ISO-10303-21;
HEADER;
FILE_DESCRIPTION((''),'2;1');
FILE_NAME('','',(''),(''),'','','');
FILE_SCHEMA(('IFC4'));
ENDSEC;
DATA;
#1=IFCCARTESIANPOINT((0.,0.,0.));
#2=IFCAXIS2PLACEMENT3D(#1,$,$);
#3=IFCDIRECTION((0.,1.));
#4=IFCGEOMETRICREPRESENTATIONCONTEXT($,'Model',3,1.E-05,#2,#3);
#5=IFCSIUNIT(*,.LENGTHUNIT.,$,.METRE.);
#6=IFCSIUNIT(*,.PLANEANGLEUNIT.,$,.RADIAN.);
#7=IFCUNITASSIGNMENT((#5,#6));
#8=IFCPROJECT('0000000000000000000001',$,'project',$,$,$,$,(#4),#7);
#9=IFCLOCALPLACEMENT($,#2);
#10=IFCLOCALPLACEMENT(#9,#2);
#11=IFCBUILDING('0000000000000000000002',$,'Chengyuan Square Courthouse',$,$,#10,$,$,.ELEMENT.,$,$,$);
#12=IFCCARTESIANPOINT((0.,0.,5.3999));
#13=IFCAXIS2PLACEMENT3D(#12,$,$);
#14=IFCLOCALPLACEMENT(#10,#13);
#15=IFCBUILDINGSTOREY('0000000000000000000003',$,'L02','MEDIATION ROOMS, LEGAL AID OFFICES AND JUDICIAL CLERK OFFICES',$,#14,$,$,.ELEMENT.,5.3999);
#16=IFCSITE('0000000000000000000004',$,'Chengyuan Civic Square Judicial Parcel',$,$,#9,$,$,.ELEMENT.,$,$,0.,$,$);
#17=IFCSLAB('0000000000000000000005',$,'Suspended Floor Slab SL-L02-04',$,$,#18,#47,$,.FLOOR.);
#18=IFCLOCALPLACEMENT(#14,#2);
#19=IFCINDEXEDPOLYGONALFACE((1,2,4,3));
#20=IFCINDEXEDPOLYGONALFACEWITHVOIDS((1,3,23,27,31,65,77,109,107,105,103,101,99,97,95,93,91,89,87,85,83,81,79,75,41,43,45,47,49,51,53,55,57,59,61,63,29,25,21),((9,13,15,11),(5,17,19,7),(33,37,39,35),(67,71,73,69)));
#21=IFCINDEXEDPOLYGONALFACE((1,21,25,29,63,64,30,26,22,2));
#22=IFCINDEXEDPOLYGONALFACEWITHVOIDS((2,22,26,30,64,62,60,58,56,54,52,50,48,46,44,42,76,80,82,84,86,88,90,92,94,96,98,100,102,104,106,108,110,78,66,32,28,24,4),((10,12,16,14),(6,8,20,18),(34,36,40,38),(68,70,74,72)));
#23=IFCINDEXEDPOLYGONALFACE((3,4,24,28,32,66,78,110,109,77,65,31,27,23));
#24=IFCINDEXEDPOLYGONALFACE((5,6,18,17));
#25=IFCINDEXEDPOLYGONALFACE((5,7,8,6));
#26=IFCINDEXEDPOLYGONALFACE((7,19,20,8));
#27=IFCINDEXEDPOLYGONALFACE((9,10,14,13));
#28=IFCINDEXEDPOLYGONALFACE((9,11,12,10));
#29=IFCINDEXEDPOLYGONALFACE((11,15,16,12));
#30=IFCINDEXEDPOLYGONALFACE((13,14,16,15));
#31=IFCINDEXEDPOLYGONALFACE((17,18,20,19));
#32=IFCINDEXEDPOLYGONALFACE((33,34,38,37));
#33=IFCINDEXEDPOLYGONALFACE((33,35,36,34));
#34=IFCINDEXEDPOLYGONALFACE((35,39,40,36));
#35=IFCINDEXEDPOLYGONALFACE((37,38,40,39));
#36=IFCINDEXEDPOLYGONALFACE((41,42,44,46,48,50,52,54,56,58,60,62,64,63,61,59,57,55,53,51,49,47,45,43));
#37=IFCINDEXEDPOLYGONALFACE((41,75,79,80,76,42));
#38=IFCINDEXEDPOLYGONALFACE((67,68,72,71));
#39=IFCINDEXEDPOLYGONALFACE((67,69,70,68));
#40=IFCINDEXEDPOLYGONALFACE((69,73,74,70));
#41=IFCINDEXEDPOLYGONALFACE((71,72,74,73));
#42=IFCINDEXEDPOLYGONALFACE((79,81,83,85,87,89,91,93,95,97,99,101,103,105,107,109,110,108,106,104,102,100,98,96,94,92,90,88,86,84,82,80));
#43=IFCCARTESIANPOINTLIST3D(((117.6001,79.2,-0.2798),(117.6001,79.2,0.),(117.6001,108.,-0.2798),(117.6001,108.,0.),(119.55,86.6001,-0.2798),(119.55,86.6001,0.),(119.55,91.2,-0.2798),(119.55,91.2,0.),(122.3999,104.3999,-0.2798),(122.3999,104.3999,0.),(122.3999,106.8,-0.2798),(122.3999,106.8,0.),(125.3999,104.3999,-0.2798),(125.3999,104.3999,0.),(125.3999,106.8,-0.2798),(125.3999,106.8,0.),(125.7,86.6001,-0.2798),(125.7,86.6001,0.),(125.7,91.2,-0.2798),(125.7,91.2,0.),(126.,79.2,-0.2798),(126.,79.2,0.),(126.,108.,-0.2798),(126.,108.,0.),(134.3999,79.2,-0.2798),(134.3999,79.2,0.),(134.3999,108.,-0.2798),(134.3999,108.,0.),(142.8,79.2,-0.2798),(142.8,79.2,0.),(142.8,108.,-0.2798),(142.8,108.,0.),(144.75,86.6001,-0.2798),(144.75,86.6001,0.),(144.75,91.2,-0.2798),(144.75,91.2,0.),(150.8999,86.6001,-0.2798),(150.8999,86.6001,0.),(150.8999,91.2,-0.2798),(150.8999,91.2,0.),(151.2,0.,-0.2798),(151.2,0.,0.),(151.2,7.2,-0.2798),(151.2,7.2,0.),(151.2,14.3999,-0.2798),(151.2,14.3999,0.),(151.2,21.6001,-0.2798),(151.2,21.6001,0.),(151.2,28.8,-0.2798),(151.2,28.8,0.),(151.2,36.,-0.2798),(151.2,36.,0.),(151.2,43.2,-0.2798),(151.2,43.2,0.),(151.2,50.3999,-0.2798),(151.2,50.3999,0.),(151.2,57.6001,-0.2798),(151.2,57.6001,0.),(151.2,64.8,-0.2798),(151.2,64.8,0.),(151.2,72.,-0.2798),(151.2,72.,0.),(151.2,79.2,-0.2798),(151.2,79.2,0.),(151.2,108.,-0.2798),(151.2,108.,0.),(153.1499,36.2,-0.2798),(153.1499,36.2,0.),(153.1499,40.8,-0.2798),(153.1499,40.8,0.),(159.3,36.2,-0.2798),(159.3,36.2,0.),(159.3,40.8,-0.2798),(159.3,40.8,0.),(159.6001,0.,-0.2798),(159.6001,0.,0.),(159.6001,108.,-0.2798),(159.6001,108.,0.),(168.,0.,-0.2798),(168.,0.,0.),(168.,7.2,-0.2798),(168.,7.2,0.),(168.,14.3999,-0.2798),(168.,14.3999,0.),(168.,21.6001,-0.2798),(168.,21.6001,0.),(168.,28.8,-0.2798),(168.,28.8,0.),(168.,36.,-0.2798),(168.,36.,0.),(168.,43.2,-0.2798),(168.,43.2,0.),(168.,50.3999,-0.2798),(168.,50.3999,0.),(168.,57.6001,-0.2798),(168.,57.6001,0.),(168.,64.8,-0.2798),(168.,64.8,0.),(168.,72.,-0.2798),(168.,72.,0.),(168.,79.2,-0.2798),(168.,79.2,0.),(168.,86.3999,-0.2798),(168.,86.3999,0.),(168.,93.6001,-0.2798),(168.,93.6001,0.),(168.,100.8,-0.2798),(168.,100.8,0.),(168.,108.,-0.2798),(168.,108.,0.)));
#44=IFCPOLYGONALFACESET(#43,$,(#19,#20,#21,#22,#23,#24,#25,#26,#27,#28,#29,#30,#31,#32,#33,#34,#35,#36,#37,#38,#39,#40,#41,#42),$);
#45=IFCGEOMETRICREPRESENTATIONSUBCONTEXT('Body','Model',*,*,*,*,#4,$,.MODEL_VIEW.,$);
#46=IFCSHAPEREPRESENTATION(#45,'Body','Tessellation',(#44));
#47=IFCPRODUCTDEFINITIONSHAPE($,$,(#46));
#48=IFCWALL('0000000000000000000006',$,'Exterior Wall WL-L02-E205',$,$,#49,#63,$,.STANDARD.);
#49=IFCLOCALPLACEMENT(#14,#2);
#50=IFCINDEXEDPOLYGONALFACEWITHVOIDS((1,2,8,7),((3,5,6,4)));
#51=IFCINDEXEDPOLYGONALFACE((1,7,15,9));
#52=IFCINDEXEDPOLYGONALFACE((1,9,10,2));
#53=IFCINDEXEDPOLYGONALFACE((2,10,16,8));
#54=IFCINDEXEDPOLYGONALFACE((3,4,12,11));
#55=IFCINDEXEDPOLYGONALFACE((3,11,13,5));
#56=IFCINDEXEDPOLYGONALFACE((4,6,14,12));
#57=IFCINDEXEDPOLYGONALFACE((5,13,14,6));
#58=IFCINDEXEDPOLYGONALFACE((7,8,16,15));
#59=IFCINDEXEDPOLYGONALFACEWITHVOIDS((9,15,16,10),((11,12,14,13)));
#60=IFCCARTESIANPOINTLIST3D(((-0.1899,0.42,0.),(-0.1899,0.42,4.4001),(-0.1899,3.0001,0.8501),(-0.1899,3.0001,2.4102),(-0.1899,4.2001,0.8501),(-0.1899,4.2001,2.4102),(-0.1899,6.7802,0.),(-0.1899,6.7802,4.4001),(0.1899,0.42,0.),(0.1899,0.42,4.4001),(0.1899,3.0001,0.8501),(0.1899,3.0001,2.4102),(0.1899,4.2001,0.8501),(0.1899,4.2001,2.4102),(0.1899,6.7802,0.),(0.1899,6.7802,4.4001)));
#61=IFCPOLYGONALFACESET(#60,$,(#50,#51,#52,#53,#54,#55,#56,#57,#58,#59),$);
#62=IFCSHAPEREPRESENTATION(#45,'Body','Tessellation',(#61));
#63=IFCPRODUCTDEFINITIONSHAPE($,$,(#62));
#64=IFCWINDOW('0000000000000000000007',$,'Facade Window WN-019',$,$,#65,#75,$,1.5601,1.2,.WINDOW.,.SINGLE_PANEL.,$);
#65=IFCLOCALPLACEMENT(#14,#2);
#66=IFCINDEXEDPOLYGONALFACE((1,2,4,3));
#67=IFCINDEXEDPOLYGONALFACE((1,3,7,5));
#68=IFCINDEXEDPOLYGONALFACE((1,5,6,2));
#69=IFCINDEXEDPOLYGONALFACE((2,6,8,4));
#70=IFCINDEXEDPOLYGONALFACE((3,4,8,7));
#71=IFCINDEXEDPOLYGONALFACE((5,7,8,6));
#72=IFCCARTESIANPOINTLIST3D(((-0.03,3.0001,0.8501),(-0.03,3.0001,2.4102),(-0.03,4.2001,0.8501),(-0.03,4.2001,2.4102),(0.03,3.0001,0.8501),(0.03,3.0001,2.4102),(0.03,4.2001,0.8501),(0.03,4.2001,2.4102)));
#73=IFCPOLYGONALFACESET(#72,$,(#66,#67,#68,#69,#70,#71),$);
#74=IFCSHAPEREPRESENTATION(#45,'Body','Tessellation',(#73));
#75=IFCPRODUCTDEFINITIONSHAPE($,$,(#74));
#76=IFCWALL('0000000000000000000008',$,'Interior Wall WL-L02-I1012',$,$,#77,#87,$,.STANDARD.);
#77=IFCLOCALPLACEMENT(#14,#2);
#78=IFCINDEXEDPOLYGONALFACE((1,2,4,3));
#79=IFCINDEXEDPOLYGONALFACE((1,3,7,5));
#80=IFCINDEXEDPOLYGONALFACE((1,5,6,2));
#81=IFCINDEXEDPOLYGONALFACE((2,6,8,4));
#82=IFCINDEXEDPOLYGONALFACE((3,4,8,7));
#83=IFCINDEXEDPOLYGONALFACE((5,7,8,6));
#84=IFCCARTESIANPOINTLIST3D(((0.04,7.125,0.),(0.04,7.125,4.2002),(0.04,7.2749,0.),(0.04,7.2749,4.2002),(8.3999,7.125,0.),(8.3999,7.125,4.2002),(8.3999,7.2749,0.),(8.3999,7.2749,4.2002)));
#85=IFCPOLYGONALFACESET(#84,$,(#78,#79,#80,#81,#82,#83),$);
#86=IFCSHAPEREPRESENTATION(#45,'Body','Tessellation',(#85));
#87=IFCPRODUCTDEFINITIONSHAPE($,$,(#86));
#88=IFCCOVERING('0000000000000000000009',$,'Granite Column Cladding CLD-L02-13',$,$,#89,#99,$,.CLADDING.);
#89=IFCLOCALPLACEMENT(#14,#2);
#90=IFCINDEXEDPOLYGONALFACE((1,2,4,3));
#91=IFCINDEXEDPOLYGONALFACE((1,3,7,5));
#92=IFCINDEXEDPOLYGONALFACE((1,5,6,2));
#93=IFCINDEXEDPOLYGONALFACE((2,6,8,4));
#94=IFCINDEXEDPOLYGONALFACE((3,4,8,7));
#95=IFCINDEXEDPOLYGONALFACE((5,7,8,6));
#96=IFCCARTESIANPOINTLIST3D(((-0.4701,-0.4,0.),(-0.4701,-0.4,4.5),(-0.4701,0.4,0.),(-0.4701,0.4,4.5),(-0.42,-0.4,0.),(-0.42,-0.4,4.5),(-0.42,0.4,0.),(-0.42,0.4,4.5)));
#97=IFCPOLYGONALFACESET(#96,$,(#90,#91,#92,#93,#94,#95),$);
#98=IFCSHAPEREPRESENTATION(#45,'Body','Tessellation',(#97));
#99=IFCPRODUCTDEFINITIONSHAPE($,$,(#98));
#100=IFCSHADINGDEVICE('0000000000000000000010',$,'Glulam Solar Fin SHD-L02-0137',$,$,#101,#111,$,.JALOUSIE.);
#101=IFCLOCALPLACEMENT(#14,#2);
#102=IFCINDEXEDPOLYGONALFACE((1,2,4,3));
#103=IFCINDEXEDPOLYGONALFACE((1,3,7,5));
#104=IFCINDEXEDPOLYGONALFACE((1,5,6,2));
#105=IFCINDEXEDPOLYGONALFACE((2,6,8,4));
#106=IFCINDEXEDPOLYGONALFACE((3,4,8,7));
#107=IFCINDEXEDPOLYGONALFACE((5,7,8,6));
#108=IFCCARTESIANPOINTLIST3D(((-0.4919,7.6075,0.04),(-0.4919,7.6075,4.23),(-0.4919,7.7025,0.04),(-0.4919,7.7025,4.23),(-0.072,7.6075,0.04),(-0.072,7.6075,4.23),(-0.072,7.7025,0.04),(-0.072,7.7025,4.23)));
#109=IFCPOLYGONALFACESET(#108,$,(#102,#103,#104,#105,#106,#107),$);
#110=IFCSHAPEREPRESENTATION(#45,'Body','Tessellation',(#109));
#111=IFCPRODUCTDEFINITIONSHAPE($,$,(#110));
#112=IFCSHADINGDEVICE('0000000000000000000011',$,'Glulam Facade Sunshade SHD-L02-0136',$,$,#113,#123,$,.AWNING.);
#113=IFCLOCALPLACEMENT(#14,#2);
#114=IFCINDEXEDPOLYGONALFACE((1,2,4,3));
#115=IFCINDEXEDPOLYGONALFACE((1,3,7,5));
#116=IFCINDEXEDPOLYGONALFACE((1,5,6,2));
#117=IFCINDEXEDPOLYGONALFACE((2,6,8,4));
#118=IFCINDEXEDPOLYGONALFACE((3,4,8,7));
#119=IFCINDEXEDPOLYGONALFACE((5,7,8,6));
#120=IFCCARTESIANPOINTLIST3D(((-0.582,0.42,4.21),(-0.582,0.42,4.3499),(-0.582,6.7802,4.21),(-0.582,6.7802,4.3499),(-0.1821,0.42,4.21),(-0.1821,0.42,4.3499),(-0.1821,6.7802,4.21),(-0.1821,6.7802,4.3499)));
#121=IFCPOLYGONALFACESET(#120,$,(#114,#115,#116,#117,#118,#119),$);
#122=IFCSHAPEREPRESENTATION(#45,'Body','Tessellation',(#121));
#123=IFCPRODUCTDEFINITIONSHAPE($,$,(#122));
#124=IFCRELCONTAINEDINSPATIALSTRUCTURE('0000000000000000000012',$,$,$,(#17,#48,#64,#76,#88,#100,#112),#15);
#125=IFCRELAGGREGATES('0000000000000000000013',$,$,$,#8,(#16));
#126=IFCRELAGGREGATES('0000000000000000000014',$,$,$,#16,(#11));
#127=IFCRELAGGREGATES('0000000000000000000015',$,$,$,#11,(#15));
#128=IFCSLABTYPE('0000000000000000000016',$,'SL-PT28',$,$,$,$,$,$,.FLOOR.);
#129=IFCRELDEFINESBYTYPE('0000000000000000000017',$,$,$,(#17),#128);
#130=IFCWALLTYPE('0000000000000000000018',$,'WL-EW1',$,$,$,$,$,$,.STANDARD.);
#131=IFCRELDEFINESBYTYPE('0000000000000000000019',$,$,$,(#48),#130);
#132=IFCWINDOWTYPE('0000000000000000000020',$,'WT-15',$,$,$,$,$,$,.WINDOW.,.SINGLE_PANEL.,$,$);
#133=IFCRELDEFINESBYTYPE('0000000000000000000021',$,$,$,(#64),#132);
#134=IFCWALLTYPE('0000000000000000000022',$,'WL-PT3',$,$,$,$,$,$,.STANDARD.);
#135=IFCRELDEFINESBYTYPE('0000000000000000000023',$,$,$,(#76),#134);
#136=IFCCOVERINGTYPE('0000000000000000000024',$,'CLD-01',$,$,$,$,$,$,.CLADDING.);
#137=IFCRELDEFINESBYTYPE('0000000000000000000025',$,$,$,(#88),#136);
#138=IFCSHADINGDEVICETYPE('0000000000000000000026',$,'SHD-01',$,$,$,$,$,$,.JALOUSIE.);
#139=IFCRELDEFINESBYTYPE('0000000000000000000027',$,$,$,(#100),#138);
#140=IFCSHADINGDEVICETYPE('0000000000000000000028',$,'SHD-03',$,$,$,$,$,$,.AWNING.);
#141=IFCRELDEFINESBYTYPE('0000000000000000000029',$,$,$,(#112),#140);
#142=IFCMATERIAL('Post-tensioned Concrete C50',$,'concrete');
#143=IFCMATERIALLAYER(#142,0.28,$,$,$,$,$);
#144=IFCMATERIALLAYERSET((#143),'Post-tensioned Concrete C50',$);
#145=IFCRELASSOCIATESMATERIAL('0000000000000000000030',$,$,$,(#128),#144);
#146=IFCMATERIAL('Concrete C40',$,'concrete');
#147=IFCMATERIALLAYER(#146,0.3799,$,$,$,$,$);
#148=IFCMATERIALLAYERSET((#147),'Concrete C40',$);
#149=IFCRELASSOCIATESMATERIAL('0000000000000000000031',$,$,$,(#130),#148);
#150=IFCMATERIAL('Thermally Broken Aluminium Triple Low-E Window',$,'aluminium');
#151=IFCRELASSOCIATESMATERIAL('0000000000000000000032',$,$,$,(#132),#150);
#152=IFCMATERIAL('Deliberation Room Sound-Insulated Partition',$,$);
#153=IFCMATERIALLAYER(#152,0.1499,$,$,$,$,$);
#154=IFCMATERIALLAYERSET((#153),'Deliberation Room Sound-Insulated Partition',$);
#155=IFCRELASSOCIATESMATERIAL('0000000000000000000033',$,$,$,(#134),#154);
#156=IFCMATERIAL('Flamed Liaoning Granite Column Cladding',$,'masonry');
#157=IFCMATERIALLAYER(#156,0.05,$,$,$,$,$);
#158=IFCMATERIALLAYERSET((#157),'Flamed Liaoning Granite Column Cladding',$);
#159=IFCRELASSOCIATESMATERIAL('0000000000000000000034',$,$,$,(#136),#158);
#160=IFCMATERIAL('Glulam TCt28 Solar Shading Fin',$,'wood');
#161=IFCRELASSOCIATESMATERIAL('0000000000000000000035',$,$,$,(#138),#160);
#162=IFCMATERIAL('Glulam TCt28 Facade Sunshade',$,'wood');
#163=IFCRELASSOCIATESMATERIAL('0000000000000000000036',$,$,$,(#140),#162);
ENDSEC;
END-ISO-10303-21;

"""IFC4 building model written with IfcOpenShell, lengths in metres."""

from ifc_helpers import new_model, si_unit, direction, frame, frame_2d, origin, origin_2d, place, context, subcontext, project, spatial, polyline, rectangle, outline, extrude, material, layer, layer_set, type_object, element, fill, save


model = new_model("IFC4")

# Units and contexts
model_context = context("Model", 3, precision=1e-05, world=origin(), true_north=direction((0.0, 1.0)))
body_context = subcontext(model_context, "Body", "Model", "MODEL_VIEW")
ifc_project = project(units=[si_unit("LENGTHUNIT", "METRE"), si_unit("PLANEANGLEUNIT", "RADIAN")], contexts=[model_context])

# Site, building, storey
site_placement = place(None, origin())
site = spatial("IfcSite", under=ifc_project, at=site_placement, Name="Chengyuan Civic Square Judicial Parcel", CompositionType="ELEMENT", RefElevation=0.0)
building_placement = place(site_placement, origin())
building = spatial("IfcBuilding", under=site, at=building_placement, Name="Chengyuan Square Courthouse", CompositionType="ELEMENT")
storey_placement = place(building_placement, frame((0.0, 0.0, 5.3999)))
storey = spatial("IfcBuildingStorey", under=building, at=storey_placement, Name="L02", Description="MEDIATION ROOMS, LEGAL AID OFFICES AND JUDICIAL CLERK OFFICES", CompositionType="ELEMENT", Elevation=5.3999)

# Shared definitions
ifc_material_1 = material(Name="Concrete C40", Category="concrete")

# Slab
ifc_material_2 = material(Name="Post-tensioned Concrete C50", Category="concrete")
ifc_layer_1 = layer(ifc_material_2, 0.28)
ifc_layer_set_1 = layer_set([ifc_layer_1], Name="Post-tensioned Concrete C50")
slab_type_1 = type_object("IfcSlabType", Name="SL-PT28", PredefinedType="FLOOR", material=ifc_layer_set_1)
slab_1_placement = place(storey_placement, frame((0.0, 0.0, -0.2798)))
element("IfcSlab", 1, at=slab_1_placement, inside=storey, type_object=slab_type_1, Name="Suspended Floor Slab SL-L02-04", PredefinedType="FLOOR", context=body_context, shape_type="SweptSolid", body=[
    extrude(outline(polyline([(126.0, 108.0), (134.3999, 108.0), (142.8, 108.0), (151.2, 108.0), (159.6001, 108.0), (168.0, 108.0), (168.0, 100.8), (168.0, 93.6001), (168.0, 86.3999), (168.0, 79.2), (168.0, 72.0), (168.0, 64.8), (168.0, 57.6001), (168.0, 50.3999), (168.0, 43.2), (168.0, 36.0), (168.0, 28.8), (168.0, 21.6001), (168.0, 14.3999), (168.0, 7.2), (168.0, 0.0), (159.6001, 0.0), (151.2, 0.0), (151.2, 7.2), (151.2, 14.3999), (151.2, 21.6001), (151.2, 28.8), (151.2, 36.0), (151.2, 43.2), (151.2, 50.3999), (151.2, 57.6001), (151.2, 64.8), (151.2, 72.0), (151.2, 79.2), (142.8, 79.2), (134.3999, 79.2), (126.0, 79.2), (117.6001, 79.2), (117.6001, 108.0), (126.0, 108.0)]), holes=[polyline([(153.1499, 40.8), (153.1499, 36.2), (159.3, 36.2), (159.3, 40.8), (153.1499, 40.8)]), polyline([(125.7, 91.2), (119.55, 91.2), (119.55, 86.6001), (125.7, 86.6001), (125.7, 91.2)]), polyline([(144.75, 91.2), (144.75, 86.6001), (150.8999, 86.6001), (150.8999, 91.2), (144.75, 91.2)]), polyline([(125.3999, 106.8), (122.3999, 106.8), (122.3999, 104.3999), (125.3999, 104.3999), (125.3999, 106.8)])]), origin(), (0.0, 0.0, 1.0), 0.2798),
])

# Wall, opening, window
ifc_layer_2 = layer(ifc_material_1, 0.3799)
ifc_layer_set_2 = layer_set([ifc_layer_2], Name="Concrete C40")
wall_type_1 = type_object("IfcWallType", Name="WL-EW1", PredefinedType="STANDARD", material=ifc_layer_set_2)
wall_1_placement = place(storey_placement, frame((0.0, 0.4199, 0.0), z_axis=(0.0, 0.0, 1.0), x_axis=(0.0, 1.0, 0.0)))
wall_1 = element("IfcWall", 2, at=wall_1_placement, inside=storey, type_object=wall_type_1, Name="Exterior Wall WL-L02-E205", PredefinedType="STANDARD", context=body_context, shape_type="SweptSolid", body=[
    extrude(rectangle(XDim=6.3601, YDim=0.3799, at=frame_2d((3.1802, 0.0))), origin(), (0.0, 0.0, 1.0), 4.4001),
])
opening_placement = place(wall_1_placement, frame((2.5801, 0.0, 0.8501)))
opening = element("IfcOpeningElement", 3, at=opening_placement, cuts=wall_1, PredefinedType="OPENING", context=body_context, shape_type="SweptSolid", body=[
    extrude(rectangle(XDim=1.2, YDim=1.5601, at=frame_2d((0.6001, 0.78))), frame((0.0, 0.2019, 0.0), z_axis=(0.0, -1.0, 0.0), x_axis=(1.0, 0.0, 0.0)), (0.0, 0.0, 1.0), 0.4038),
])
ifc_material_3 = material(Name="Thermally Broken Aluminium Triple Low-E Window", Category="aluminium")
window_type = type_object("IfcWindowType", Name="WT-15", PartitioningType="SINGLE_PANEL", PredefinedType="WINDOW", material=ifc_material_3)
window_placement = place(opening_placement, origin())
window = element("IfcWindow", 4, at=window_placement, inside=storey, type_object=window_type, Name="Facade Window WN-019", OverallHeight=1.5601, OverallWidth=1.2, PartitioningType="SINGLE_PANEL", PredefinedType="WINDOW", context=body_context, shape_type="SweptSolid", body=[
    extrude(rectangle(XDim=1.2, YDim=1.5601, at=frame_2d((0.6001, 0.78))), frame((0.0, 0.03, 0.0), z_axis=(0.0, -1.0, 0.0), x_axis=(1.0, 0.0, 0.0)), (0.0, 0.0, 1.0), 0.0601),
])
fill(opening, window)

# Wall
ifc_material_4 = material(Name="Deliberation Room Sound-Insulated Partition")
ifc_layer_3 = layer(ifc_material_4, 0.1499)
ifc_layer_set_3 = layer_set([ifc_layer_3], Name="Deliberation Room Sound-Insulated Partition")
wall_type_2 = type_object("IfcWallType", Name="WL-PT3", PredefinedType="STANDARD", material=ifc_layer_set_3)
wall_2_placement = place(storey_placement, frame((0.04, 7.2, 0.0), z_axis=(0.0, 0.0, 1.0), x_axis=(1.0, 0.0, 0.0)))
element("IfcWall", 5, at=wall_2_placement, inside=storey, type_object=wall_type_2, Name="Interior Wall WL-L02-I1012", PredefinedType="STANDARD", context=body_context, shape_type="SweptSolid", body=[
    extrude(rectangle(XDim=8.3599, YDim=0.1499, at=frame_2d((4.1799, 0.0))), origin(), (0.0, 0.0, 1.0), 4.2002),
])

# Covering
ifc_material_5 = material(Name="Flamed Liaoning Granite Column Cladding", Category="masonry")
ifc_layer_4 = layer(ifc_material_5, 0.05)
ifc_layer_set_4 = layer_set([ifc_layer_4], Name="Flamed Liaoning Granite Column Cladding")
covering_type = type_object("IfcCoveringType", Name="CLD-01", PredefinedType="CLADDING", material=ifc_layer_set_4)
covering_placement = place(storey_placement, frame((-0.4451, 0.0, 0.0), z_axis=(0.0, 0.0, 1.0), x_axis=(1.0, 0.0, 0.0)))
element("IfcCovering", 6, at=covering_placement, inside=storey, type_object=covering_type, Name="Granite Column Cladding CLD-L02-13", PredefinedType="CLADDING", context=body_context, shape_type="SweptSolid", body=[
    extrude(rectangle(XDim=0.05, YDim=0.8, at=origin_2d()), origin(), (0.0, 0.0, 1.0), 4.5),
])

# Shading devices
ifc_material_6 = material(Name="Glulam TCt28 Solar Shading Fin", Category="wood")
shading_device_type_1 = type_object("IfcShadingDeviceType", Name="SHD-01", PredefinedType="JALOUSIE", material=ifc_material_6)
shading_device_1_placement = place(storey_placement, frame((-0.282, 7.655, 0.04), z_axis=(0.0, 0.0, 1.0), x_axis=(1.0, 0.0, 0.0)))
element("IfcShadingDevice", 7, at=shading_device_1_placement, inside=storey, type_object=shading_device_type_1, Name="Glulam Solar Fin SHD-L02-0137", PredefinedType="JALOUSIE", context=body_context, shape_type="SweptSolid", body=[
    extrude(rectangle(XDim=0.4199, YDim=0.095, at=origin_2d()), origin(), (0.0, 0.0, 1.0), 4.1899),
])
ifc_material_7 = material(Name="Glulam TCt28 Facade Sunshade", Category="wood")
shading_device_type_2 = type_object("IfcShadingDeviceType", Name="SHD-03", PredefinedType="AWNING", material=ifc_material_7)
shading_device_2_placement = place(storey_placement, frame((-0.3821, 3.6001, 4.21), z_axis=(0.0, 0.0, 1.0), x_axis=(0.0, 1.0, 0.0)))
element("IfcShadingDevice", 8, at=shading_device_2_placement, inside=storey, type_object=shading_device_type_2, Name="Glulam Facade Sunshade SHD-L02-0136", PredefinedType="AWNING", context=body_context, shape_type="SweptSolid", body=[
    extrude(rectangle(XDim=6.3601, YDim=0.3999, at=origin_2d()), origin(), (0.0, 0.0, 1.0), 0.1399),
])

save(model, "model.ifc")
